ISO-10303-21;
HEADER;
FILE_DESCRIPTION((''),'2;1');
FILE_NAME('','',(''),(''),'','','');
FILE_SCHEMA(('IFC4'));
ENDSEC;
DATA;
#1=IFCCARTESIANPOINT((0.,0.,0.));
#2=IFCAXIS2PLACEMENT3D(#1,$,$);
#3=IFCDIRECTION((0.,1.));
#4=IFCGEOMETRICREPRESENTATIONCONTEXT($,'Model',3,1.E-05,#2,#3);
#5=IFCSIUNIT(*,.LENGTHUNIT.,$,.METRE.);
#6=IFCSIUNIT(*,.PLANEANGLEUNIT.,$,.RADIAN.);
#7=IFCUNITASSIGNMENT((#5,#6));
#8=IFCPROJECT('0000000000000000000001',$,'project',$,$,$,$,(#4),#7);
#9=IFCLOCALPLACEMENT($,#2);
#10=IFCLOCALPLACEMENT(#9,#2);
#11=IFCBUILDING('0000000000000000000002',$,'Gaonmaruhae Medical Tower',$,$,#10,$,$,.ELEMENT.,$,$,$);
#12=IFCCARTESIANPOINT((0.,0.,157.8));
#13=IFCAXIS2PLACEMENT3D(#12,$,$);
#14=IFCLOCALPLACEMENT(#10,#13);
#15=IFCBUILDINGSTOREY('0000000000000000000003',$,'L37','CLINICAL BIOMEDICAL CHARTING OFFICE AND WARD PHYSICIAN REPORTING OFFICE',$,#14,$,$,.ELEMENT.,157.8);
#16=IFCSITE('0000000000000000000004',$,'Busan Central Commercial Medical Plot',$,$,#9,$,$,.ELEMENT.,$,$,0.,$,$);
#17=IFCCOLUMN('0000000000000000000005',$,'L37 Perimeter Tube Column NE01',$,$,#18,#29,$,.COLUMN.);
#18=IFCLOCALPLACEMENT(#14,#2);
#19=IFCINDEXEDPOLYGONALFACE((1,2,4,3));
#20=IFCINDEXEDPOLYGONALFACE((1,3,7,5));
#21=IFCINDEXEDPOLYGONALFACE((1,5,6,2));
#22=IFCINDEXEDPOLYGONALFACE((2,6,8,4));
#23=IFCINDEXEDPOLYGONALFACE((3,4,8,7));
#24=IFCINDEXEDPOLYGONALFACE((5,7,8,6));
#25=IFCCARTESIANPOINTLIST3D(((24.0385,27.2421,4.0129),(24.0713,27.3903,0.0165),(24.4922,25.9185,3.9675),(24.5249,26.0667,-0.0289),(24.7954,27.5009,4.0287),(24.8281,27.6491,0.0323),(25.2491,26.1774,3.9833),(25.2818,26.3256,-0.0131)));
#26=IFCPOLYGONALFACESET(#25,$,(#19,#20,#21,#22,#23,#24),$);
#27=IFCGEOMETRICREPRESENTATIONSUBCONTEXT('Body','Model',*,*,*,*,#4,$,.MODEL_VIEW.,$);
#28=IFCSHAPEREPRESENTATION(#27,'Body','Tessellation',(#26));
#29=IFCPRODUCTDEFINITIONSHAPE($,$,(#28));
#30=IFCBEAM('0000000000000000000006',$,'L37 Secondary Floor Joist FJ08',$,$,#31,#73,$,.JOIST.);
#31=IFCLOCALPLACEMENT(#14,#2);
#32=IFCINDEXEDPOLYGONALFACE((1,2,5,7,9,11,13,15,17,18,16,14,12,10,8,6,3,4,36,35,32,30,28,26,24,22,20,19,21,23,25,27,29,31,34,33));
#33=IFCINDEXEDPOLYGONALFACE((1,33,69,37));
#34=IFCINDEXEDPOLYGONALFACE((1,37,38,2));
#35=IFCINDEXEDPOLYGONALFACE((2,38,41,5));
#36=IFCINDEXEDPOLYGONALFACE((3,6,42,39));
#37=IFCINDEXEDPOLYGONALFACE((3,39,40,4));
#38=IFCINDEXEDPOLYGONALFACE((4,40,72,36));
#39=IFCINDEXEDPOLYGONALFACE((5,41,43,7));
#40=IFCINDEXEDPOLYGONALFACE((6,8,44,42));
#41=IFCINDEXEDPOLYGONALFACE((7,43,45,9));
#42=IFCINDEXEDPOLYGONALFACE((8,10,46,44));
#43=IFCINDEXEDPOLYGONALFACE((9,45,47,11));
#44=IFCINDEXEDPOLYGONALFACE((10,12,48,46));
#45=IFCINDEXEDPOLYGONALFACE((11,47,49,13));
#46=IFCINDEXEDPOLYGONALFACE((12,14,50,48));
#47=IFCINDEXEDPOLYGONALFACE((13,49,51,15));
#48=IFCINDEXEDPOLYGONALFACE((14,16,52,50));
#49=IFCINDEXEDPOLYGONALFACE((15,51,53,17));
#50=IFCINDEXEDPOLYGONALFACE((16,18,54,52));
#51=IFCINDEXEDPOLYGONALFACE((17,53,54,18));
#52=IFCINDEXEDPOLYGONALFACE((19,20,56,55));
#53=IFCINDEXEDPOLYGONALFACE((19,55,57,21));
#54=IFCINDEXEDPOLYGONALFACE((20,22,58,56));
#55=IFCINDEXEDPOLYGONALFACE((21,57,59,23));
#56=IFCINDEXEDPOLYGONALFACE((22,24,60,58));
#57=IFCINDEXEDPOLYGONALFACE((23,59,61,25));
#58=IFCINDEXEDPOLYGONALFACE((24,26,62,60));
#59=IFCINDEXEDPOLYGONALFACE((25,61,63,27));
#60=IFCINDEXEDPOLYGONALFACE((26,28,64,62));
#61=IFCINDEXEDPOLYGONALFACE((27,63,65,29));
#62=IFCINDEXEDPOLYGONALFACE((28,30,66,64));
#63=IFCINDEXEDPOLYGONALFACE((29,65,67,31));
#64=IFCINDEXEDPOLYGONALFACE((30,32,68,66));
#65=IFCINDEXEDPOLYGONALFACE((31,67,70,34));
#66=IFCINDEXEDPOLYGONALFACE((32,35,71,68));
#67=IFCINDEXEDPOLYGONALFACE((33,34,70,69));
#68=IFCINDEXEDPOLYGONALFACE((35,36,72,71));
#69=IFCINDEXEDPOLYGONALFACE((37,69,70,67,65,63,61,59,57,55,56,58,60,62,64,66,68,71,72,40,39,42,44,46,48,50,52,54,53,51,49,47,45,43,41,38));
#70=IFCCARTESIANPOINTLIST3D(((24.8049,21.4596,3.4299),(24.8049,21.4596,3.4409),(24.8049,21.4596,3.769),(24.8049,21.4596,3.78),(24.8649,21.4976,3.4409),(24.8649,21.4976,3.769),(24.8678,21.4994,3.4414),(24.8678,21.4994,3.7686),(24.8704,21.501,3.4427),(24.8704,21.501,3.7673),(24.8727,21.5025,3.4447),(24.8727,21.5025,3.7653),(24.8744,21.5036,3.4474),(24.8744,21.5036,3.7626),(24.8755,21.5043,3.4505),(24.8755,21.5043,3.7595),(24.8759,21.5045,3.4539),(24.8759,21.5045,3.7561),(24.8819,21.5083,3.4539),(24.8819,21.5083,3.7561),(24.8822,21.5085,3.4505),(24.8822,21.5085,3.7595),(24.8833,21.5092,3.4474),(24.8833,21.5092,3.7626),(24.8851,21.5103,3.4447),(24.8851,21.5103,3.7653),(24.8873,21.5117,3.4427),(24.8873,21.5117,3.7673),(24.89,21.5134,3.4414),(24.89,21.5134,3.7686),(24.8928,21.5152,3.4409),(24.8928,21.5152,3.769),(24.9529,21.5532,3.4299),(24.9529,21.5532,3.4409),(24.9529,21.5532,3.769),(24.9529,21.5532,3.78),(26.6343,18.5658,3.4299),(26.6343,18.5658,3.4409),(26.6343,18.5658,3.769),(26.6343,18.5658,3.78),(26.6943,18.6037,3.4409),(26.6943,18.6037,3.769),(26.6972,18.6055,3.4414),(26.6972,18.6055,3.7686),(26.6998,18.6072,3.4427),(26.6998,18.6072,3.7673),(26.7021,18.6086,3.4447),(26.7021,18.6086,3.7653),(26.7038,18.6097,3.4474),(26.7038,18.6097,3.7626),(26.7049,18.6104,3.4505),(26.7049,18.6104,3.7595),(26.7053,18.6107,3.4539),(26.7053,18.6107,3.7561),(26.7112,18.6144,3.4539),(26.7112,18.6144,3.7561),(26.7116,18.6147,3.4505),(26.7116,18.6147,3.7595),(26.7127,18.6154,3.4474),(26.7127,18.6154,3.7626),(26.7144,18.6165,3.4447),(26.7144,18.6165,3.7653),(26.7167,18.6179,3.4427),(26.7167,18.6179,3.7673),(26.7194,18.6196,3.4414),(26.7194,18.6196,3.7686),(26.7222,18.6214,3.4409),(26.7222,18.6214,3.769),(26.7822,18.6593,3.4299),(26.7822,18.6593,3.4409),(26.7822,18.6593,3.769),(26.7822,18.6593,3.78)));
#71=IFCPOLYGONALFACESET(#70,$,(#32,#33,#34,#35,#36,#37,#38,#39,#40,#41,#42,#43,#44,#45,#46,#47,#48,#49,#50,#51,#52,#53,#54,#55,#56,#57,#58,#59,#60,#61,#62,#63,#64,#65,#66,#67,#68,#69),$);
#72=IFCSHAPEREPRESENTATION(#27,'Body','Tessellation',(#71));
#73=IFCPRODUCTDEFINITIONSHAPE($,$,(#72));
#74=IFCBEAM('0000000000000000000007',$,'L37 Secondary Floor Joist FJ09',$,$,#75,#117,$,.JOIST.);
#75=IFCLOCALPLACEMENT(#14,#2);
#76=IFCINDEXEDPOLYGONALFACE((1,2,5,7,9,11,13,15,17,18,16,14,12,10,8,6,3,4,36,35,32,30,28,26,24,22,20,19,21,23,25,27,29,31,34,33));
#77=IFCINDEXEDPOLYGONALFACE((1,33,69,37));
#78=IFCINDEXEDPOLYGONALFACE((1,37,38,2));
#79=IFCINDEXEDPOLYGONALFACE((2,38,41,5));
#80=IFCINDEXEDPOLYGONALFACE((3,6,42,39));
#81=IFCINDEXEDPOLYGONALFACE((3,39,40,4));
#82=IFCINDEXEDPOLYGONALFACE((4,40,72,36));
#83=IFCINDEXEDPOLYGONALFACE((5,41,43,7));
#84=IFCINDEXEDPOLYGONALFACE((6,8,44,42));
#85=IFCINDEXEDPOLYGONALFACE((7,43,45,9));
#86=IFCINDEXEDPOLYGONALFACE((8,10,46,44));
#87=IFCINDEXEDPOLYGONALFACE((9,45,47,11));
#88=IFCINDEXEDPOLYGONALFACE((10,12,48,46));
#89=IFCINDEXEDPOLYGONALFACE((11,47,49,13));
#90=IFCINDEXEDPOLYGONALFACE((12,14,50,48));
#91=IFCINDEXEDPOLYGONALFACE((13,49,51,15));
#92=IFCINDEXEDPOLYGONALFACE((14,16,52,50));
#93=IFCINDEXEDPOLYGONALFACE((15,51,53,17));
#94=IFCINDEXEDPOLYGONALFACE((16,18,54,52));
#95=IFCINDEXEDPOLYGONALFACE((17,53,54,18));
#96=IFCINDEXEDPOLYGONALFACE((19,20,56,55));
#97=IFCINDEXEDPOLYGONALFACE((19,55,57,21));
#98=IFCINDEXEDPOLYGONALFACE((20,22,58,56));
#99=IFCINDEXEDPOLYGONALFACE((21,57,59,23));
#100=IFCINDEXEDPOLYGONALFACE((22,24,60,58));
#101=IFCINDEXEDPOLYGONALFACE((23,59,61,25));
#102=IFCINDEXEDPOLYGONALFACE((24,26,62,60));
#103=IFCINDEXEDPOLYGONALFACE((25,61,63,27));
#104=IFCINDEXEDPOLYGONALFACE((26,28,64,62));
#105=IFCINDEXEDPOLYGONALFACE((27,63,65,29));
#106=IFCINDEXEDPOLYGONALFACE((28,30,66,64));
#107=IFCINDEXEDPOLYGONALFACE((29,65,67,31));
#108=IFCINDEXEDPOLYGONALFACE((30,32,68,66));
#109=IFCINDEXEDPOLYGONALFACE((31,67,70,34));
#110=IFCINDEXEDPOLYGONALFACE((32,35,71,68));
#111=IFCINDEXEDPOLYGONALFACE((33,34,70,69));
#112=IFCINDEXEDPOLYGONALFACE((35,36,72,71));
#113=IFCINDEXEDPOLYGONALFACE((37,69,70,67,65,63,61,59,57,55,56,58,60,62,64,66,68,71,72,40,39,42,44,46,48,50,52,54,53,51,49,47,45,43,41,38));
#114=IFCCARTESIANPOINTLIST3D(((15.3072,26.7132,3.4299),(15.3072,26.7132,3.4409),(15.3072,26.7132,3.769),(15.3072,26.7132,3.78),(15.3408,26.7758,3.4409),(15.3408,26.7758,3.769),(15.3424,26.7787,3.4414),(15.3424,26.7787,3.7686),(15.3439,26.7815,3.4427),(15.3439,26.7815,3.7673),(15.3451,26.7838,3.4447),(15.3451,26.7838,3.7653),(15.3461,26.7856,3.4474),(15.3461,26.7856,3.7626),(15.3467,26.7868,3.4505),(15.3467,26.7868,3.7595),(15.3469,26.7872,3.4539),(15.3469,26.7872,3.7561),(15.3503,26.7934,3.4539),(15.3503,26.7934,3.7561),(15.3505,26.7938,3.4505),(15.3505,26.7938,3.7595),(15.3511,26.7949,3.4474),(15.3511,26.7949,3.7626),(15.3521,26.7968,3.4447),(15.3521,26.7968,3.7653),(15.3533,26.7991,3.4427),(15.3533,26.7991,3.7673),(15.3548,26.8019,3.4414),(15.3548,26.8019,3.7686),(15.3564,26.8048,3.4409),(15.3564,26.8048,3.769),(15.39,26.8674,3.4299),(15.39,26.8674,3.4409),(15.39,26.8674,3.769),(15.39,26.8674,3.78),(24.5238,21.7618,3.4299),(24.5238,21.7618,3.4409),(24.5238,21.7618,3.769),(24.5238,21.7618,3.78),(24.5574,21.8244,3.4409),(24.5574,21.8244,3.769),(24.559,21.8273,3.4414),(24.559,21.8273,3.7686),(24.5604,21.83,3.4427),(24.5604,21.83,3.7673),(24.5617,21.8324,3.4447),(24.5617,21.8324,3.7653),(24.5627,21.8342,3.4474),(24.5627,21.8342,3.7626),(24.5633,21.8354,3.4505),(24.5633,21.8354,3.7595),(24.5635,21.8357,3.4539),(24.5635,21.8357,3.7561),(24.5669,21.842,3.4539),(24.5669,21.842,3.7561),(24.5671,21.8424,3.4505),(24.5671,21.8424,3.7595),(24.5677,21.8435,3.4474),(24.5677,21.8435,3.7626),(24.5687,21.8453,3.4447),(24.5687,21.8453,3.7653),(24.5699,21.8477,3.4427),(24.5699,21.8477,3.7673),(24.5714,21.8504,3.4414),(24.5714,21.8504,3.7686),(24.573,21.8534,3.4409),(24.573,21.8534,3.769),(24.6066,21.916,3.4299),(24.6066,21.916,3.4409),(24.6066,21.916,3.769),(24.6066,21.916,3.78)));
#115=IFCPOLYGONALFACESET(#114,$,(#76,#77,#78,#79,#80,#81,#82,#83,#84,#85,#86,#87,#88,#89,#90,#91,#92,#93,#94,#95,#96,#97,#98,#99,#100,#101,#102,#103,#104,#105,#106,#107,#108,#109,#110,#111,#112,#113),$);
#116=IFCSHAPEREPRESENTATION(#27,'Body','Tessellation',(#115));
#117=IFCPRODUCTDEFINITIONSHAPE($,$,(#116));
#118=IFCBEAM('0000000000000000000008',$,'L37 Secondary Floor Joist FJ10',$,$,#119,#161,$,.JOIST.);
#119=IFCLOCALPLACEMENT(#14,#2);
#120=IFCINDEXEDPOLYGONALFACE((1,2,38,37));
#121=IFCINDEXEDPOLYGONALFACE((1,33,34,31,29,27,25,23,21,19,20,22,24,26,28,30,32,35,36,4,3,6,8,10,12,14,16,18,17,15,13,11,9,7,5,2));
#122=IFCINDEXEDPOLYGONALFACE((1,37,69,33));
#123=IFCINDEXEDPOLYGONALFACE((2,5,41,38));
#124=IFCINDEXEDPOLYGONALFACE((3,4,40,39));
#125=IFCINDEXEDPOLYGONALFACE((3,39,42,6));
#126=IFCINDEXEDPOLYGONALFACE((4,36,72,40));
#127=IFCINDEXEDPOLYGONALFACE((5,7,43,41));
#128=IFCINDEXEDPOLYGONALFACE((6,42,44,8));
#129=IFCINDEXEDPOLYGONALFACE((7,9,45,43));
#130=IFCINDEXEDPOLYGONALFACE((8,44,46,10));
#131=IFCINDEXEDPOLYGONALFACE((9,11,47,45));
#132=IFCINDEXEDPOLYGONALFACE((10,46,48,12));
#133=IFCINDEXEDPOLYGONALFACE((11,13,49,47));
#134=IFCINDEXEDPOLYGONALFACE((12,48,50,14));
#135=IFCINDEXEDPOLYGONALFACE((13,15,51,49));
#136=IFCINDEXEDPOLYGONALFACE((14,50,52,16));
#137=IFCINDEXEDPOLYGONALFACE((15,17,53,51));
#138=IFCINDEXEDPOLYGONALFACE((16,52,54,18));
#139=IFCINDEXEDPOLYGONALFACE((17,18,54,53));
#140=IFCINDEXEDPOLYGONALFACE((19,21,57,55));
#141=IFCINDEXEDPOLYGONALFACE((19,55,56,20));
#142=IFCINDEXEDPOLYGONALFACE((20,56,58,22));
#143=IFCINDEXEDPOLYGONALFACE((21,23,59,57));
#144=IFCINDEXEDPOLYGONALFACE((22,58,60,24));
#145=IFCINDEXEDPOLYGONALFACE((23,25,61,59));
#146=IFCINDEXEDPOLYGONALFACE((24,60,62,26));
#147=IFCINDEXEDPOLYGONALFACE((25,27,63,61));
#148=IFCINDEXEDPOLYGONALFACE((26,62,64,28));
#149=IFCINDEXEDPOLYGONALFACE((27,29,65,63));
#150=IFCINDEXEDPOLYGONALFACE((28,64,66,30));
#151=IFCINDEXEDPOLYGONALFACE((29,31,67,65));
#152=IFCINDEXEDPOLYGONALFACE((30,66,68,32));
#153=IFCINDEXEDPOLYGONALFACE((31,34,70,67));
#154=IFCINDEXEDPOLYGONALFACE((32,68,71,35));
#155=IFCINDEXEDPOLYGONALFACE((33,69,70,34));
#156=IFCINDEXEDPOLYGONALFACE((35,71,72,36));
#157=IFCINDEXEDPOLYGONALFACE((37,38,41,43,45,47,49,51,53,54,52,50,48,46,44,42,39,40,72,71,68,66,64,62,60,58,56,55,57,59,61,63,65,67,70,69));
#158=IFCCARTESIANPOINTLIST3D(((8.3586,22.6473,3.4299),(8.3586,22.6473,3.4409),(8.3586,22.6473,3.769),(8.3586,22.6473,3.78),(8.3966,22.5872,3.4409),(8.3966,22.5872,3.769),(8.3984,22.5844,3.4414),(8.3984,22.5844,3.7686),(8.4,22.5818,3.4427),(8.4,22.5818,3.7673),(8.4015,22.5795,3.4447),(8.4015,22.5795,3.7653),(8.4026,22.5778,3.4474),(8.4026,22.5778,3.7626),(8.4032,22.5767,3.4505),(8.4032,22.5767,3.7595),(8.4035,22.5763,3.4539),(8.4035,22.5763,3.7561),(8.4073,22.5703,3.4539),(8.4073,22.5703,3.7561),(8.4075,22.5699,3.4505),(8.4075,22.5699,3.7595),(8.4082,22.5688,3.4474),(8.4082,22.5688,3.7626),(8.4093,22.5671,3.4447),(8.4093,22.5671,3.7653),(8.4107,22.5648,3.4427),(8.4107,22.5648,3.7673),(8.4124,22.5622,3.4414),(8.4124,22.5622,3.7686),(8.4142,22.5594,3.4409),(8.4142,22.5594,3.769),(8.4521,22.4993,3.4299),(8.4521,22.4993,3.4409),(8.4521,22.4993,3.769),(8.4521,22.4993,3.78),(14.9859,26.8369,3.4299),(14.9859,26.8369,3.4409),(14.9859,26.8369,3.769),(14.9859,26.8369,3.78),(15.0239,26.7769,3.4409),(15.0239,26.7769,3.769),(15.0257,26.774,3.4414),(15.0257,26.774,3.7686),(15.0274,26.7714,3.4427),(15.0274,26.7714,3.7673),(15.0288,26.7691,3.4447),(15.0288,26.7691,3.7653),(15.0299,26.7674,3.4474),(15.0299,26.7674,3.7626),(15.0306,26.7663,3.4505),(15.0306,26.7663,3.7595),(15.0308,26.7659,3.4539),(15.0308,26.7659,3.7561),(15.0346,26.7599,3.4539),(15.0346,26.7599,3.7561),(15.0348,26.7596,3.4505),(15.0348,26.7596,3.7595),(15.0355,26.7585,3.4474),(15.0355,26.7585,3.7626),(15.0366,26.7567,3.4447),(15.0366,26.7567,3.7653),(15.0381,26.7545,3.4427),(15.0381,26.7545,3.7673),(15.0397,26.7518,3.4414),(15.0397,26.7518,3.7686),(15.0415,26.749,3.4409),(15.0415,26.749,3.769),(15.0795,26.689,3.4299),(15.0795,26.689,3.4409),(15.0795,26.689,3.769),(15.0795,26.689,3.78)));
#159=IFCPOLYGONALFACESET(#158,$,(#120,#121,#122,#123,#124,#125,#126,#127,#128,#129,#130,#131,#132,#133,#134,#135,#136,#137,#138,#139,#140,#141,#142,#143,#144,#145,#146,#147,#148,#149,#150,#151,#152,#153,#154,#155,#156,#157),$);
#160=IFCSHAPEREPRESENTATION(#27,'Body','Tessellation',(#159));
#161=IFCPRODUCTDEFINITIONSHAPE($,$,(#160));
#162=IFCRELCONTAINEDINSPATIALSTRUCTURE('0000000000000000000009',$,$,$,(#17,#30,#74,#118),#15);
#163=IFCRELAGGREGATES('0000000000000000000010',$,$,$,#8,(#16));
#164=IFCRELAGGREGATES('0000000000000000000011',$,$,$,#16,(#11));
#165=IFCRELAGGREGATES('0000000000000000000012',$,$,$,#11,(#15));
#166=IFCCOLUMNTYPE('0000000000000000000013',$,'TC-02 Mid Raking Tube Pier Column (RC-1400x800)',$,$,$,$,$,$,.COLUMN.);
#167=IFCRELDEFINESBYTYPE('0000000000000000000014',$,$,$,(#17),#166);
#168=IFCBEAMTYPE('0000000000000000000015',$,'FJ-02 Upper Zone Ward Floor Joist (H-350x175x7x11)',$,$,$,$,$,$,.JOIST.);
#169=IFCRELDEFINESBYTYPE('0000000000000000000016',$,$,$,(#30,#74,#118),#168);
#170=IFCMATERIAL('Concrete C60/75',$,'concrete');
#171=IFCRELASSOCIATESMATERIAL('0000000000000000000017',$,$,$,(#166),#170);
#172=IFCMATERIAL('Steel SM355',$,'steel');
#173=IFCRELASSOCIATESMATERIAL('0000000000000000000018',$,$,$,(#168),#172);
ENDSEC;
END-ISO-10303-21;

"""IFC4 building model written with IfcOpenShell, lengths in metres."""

from ifc_helpers import new_model, si_unit, direction, frame, origin, origin_2d, place, context, subcontext, project, spatial, rectangle, i_section, extrude, material, material_profile, profile_set, type_object, element, save


model = new_model("IFC4")

# Units and contexts
model_context = context("Model", 3, precision=1e-05, world=origin(), true_north=direction((0.0, 1.0)))
body_context = subcontext(model_context, "Body", "Model", "MODEL_VIEW")
ifc_project = project(units=[si_unit("LENGTHUNIT", "METRE"), si_unit("PLANEANGLEUNIT", "RADIAN")], contexts=[model_context])

# Site, building, storey
site_placement = place(None, origin())
site = spatial("IfcSite", under=ifc_project, at=site_placement, Name="Busan Central Commercial Medical Plot", CompositionType="ELEMENT", RefElevation=0.0)
building_placement = place(site_placement, origin())
building = spatial("IfcBuilding", under=site, at=building_placement, Name="Gaonmaruhae Medical Tower", CompositionType="ELEMENT")
storey_placement = place(building_placement, frame((0.0, 0.0, 157.8)))
storey = spatial("IfcBuildingStorey", under=building, at=storey_placement, Name="L37", Description="CLINICAL BIOMEDICAL CHARTING OFFICE AND WARD PHYSICIAN REPORTING OFFICE", CompositionType="ELEMENT", Elevation=157.8)

# Column
ifc_material_1 = material(Name="Concrete C60/75", Category="concrete")
ifc_material_profile_1 = material_profile(ifc_material_1, rectangle(XDim=1.3999, YDim=0.8, at=origin_2d()), Name="RC-1400x800")
ifc_profile_set_1 = profile_set([ifc_material_profile_1], Name="Concrete C60/75")
column_type = type_object("IfcColumnType", Name="TC-02 Mid Raking Tube Pier Column (RC-1400x800)", PredefinedType="COLUMN", material=ifc_profile_set_1)
column_placement = place(storey_placement, frame((24.6765, 26.8579, 0.0017), z_axis=(-0.00818, -0.037056, 0.99928), x_axis=(-0.324069, 0.945478, 0.032408)))
element("IfcColumn", 1, at=column_placement, inside=storey, type_object=column_type, Name="L37 Perimeter Tube Column NE01", PredefinedType="COLUMN", context=body_context, shape_type="SweptSolid", body=[
    extrude(rectangle(XDim=1.3999, YDim=0.8, at=origin_2d()), origin(), (0.0, 0.0, 1.0), 3.9993),
])

# Beams
ifc_material_2 = material(Name="Steel SM355", Category="steel")
ifc_material_profile_2 = material_profile(ifc_material_2, i_section(OverallWidth=0.175, OverallDepth=0.3501, WebThickness=0.0071, FlangeThickness=0.011, FilletRadius=0.0129, at=origin_2d()), Name="H-350x175x7x11")
ifc_profile_set_2 = profile_set([ifc_material_profile_2], Name="Steel SM355")
beam_type_1 = type_object("IfcBeamType", Name="FJ-02 Upper Zone Ward Floor Joist (H-350x175x7x11)", PredefinedType="JOIST", material=ifc_profile_set_2)
beam_1_placement = place(storey_placement, frame((26.7083, 18.6125, 3.605), z_axis=(-0.534344, 0.845267, 0.0), x_axis=(-0.845267, -0.534344, 0.0)))
element("IfcBeam", 2, at=beam_1_placement, inside=storey, type_object=beam_type_1, Name="L37 Secondary Floor Joist FJ08", PredefinedType="JOIST", context=body_context, shape_type="SweptSolid", body=[
    extrude(i_section(OverallWidth=0.175, OverallDepth=0.3501, WebThickness=0.0071, FlangeThickness=0.011, FilletRadius=0.0129, at=origin_2d()), origin(), (0.0, 0.0, 1.0), 3.4236),
])
beam_2_placement = place(storey_placement, frame((24.5652, 21.8389, 3.605), z_axis=(-0.880923, 0.473259, 0.0), x_axis=(-0.473259, -0.880923, 0.0)))
element("IfcBeam", 3, at=beam_2_placement, inside=storey, type_object=beam_type_1, Name="L37 Secondary Floor Joist FJ09", PredefinedType="JOIST", context=body_context, shape_type="SweptSolid", body=[
    extrude(i_section(OverallWidth=0.175, OverallDepth=0.3501, WebThickness=0.0071, FlangeThickness=0.011, FilletRadius=0.0129, at=origin_2d()), origin(), (0.0, 0.0, 1.0), 10.4624),
])
beam_3_placement = place(storey_placement, frame((15.0327, 26.7629, 3.605), z_axis=(-0.845262, -0.534353, 0.0), x_axis=(0.534353, -0.845262, 0.0)))
element("IfcBeam", 4, at=beam_3_placement, inside=storey, type_object=beam_type_1, Name="L37 Secondary Floor Joist FJ10", PredefinedType="JOIST", context=body_context, shape_type="SweptSolid", body=[
    extrude(i_section(OverallWidth=0.175, OverallDepth=0.3501, WebThickness=0.0071, FlangeThickness=0.011, FilletRadius=0.0129, at=origin_2d()), origin(), (0.0, 0.0, 1.0), 7.8406),
])

save(model, "model.ifc")
